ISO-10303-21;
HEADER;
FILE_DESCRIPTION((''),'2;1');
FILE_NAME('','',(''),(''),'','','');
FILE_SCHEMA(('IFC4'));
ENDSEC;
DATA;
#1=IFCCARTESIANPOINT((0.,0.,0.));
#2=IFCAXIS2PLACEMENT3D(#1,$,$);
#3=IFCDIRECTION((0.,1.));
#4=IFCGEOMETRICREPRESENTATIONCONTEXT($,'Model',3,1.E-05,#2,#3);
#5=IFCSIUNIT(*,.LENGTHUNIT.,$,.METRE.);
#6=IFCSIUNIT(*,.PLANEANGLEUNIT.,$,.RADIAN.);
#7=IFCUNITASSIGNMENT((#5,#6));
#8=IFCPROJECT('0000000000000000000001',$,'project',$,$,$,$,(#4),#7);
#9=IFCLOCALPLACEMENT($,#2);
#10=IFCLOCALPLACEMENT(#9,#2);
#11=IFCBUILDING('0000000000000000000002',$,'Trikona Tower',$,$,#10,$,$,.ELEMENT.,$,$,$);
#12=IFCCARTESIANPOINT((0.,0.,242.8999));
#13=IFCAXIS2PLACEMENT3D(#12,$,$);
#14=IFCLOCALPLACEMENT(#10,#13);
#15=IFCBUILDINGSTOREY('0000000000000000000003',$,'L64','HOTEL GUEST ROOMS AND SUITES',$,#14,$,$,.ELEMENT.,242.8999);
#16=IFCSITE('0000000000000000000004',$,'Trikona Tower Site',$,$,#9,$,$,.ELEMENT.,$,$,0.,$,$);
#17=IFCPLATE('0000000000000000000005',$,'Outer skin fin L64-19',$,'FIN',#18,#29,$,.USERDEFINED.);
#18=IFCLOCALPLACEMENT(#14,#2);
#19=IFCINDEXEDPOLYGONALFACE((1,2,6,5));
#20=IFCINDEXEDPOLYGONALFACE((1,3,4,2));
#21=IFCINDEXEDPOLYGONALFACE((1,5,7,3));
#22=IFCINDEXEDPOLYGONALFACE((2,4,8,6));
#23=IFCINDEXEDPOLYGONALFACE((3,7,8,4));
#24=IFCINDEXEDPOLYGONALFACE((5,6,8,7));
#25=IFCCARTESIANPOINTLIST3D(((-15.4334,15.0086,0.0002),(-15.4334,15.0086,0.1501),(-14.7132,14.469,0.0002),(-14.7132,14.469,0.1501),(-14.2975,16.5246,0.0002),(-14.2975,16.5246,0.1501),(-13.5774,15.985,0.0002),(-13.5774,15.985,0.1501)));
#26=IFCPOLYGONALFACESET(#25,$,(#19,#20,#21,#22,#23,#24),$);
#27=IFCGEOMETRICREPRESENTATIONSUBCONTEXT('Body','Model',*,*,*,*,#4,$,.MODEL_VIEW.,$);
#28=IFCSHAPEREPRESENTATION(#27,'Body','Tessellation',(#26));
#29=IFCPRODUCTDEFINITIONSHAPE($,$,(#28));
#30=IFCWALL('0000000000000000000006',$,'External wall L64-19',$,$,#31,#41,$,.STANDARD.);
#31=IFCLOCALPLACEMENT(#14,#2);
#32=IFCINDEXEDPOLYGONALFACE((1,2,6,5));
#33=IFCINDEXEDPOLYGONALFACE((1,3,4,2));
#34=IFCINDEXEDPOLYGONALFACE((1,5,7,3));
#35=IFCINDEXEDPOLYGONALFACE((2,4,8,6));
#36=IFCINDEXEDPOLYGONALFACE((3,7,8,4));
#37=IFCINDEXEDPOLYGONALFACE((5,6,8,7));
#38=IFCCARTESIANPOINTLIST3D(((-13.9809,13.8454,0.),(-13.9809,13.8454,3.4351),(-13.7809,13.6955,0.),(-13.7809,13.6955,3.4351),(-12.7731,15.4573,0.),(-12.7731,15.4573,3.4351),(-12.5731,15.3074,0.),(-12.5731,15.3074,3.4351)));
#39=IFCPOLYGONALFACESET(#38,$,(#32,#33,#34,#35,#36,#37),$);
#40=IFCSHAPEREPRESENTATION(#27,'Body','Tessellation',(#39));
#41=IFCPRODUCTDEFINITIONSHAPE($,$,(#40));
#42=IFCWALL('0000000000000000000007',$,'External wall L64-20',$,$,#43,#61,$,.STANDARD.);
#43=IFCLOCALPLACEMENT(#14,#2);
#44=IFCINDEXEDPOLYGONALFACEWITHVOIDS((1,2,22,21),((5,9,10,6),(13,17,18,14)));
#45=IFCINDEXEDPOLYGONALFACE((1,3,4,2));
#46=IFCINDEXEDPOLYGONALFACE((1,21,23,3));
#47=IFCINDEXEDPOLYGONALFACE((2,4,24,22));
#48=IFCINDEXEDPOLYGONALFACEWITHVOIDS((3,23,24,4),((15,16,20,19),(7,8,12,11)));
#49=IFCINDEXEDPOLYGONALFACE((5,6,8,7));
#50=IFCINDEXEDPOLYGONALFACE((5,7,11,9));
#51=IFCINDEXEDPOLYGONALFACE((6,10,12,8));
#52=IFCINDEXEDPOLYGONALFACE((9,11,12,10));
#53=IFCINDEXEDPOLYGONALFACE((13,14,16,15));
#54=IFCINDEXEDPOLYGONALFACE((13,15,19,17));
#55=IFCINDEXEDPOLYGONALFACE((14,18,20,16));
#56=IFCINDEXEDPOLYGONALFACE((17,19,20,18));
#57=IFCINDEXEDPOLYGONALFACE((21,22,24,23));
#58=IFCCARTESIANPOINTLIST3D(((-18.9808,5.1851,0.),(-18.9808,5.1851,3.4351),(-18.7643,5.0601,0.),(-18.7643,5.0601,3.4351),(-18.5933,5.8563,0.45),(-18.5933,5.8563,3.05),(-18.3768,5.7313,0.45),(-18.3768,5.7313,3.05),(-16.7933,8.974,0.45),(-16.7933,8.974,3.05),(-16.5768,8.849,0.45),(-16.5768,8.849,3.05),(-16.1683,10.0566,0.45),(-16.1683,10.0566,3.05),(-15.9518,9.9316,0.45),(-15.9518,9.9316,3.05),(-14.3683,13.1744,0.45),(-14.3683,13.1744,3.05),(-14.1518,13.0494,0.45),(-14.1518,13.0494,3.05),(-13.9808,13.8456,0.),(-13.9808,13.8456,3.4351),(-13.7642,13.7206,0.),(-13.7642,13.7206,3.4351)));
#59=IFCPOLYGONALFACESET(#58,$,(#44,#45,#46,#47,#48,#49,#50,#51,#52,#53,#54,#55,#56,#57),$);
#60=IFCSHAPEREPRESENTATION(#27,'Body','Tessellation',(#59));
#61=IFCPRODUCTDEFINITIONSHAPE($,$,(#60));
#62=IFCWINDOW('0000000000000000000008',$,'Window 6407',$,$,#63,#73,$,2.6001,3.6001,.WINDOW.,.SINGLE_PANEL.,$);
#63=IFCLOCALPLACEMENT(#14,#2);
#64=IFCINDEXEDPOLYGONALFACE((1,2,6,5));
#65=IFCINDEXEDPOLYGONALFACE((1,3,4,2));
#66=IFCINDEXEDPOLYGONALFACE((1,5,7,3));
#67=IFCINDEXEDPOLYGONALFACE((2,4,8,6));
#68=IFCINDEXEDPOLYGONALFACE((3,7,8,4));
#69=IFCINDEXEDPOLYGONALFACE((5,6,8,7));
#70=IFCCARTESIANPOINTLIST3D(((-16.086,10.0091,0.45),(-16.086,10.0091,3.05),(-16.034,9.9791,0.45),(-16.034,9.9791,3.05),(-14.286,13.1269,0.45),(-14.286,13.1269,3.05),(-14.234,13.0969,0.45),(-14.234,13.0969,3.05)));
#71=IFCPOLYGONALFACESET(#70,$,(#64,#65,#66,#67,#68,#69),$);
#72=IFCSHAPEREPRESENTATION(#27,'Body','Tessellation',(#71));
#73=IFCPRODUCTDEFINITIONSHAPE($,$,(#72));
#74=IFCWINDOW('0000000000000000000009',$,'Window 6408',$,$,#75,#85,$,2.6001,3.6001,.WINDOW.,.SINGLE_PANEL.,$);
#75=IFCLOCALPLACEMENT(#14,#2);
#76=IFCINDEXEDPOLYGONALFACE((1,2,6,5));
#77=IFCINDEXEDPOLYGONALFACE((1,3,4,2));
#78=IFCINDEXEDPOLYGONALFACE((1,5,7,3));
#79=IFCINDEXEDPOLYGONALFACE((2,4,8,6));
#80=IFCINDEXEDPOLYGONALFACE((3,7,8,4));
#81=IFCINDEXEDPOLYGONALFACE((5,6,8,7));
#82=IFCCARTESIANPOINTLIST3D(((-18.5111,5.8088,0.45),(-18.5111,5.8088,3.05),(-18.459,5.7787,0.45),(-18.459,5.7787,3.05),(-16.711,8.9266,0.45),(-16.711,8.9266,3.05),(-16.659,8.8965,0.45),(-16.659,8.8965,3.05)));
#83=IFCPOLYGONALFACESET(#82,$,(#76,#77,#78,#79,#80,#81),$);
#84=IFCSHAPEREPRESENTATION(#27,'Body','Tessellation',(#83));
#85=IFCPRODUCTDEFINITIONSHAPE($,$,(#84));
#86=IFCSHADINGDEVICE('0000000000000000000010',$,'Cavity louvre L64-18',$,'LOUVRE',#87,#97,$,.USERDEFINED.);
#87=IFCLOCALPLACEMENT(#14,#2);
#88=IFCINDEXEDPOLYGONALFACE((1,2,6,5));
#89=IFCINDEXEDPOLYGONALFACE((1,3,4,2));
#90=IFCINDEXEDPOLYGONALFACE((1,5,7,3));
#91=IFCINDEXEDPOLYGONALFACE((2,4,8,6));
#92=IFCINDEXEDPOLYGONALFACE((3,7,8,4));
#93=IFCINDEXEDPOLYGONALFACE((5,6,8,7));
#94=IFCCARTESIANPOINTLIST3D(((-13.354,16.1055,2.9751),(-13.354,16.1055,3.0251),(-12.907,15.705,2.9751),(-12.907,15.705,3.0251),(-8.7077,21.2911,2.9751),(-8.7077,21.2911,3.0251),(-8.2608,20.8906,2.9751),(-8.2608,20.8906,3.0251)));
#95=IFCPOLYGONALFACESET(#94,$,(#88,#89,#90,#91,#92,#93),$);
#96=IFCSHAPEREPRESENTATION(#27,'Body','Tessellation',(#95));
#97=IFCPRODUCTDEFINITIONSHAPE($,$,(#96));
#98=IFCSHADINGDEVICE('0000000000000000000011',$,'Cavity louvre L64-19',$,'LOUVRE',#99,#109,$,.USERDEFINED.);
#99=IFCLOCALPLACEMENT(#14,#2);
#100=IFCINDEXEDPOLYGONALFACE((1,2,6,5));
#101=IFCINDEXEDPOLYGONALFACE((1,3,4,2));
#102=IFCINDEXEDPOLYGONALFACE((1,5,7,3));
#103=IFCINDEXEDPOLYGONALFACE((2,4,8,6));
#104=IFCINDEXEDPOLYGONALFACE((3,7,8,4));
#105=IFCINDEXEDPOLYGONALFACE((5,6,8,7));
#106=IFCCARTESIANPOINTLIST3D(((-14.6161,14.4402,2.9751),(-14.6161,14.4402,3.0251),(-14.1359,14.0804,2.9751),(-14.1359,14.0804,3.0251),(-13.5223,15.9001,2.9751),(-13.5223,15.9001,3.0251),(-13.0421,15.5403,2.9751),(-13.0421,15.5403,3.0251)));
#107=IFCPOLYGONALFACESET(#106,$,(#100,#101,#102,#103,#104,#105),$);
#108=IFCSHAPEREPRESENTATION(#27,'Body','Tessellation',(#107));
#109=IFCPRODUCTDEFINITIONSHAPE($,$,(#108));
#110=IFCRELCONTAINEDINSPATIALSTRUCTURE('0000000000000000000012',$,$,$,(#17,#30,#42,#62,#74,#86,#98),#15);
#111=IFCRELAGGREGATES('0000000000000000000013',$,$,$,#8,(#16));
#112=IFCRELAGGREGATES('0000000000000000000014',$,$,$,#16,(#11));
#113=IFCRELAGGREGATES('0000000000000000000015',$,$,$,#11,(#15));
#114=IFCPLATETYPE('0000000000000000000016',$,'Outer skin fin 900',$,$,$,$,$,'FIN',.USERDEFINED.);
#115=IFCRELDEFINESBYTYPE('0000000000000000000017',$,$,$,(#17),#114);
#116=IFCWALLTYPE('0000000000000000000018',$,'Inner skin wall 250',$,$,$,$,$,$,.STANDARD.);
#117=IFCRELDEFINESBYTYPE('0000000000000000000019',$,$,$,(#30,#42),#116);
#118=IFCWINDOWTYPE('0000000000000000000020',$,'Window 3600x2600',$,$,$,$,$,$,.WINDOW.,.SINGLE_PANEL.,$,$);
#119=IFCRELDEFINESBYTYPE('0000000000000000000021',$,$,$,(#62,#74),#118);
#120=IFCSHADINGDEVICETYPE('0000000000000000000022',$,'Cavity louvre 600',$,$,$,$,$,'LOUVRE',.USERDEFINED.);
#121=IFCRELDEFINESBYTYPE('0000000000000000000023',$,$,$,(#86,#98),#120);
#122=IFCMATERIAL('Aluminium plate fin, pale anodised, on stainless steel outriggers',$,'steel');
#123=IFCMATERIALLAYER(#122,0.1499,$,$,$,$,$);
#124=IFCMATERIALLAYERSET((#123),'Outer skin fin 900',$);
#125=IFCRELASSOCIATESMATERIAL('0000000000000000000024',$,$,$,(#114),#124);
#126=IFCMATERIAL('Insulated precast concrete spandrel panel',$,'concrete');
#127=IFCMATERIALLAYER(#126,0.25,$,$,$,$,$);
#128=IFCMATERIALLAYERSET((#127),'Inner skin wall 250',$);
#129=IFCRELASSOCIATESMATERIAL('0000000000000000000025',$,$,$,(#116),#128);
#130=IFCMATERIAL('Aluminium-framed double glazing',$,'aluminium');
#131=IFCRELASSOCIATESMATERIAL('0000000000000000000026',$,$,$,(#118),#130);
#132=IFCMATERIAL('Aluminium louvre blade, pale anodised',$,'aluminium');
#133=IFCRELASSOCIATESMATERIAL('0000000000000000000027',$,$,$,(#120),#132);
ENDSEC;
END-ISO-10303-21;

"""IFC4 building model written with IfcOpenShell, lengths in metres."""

from ifc_helpers import new_model, si_unit, direction, frame, frame_2d, origin, origin_2d, place, context, subcontext, project, spatial, rectangle, extrude, material, layer, layer_set, type_object, element, fill, save


model = new_model("IFC4")

# Units and contexts
model_context = context("Model", 3, precision=1e-05, world=origin(), true_north=direction((0.0, 1.0)))
body_context = subcontext(model_context, "Body", "Model", "MODEL_VIEW")
ifc_project = project(units=[si_unit("LENGTHUNIT", "METRE"), si_unit("PLANEANGLEUNIT", "RADIAN")], contexts=[model_context])

# Site, building, storey
site_placement = place(None, origin())
site = spatial("IfcSite", under=ifc_project, at=site_placement, Name="Trikona Tower Site", CompositionType="ELEMENT", RefElevation=0.0)
building_placement = place(site_placement, origin())
building = spatial("IfcBuilding", under=site, at=building_placement, Name="Trikona Tower", CompositionType="ELEMENT")
storey_placement = place(building_placement, frame((0.0, 0.0, 242.8999)))
storey = spatial("IfcBuildingStorey", under=building, at=storey_placement, Name="L64", Description="HOTEL GUEST ROOMS AND SUITES", CompositionType="ELEMENT", Elevation=242.8999)

# Plate
ifc_material_1 = material(Name="Aluminium plate fin, pale anodised, on stainless steel outriggers", Category="steel")
ifc_layer_1 = layer(ifc_material_1, 0.1499)
ifc_layer_set_1 = layer_set([ifc_layer_1], Name="Outer skin fin 900")
plate_type_1 = type_object("IfcPlateType", Name="Outer skin fin 900", ElementType="FIN", PredefinedType="USERDEFINED", material=ifc_layer_set_1)
plate_1_placement = place(storey_placement, frame((-14.5054, 15.4968, 0.0002), z_axis=(0.0, 0.0, 1.0), x_axis=(-0.599619, -0.800286, 0.0)))
element("IfcPlate", 1, at=plate_1_placement, inside=storey, type_object=plate_type_1, Name="Outer skin fin L64-19", ObjectType="FIN", PredefinedType="USERDEFINED", context=body_context, shape_type="SweptSolid", body=[
    extrude(rectangle(XDim=1.8943, YDim=0.8999, at=origin_2d()), origin(), (0.0, 0.0, 1.0), 0.1499),
])

# Wall
ifc_material_2 = material(Name="Insulated precast concrete spandrel panel", Category="concrete")
ifc_layer_2 = layer(ifc_material_2, 0.25)
ifc_layer_set_2 = layer_set([ifc_layer_2], Name="Inner skin wall 250")
wall_type = type_object("IfcWallType", Name="Inner skin wall 250", PredefinedType="STANDARD", material=ifc_layer_set_2)
wall_1_placement = place(storey_placement, frame((-12.6731, 15.3823, 0.0), z_axis=(0.0, 0.0, 1.0), x_axis=(-0.599651, -0.800262, 0.0)))
element("IfcWall", 2, at=wall_1_placement, inside=storey, type_object=wall_type, Name="External wall L64-19", PredefinedType="STANDARD", context=body_context, shape_type="SweptSolid", body=[
    extrude(rectangle(XDim=2.0142, YDim=0.25, at=frame_2d((1.0071, 0.0))), origin(), (0.0, 0.0, 1.0), 3.4351),
])

# Wall, openings, windows
wall_2_placement = place(storey_placement, frame((-13.8726, 13.783, 0.0), z_axis=(0.0, 0.0, 1.0), x_axis=(-0.499994, -0.866029, 0.0)))
wall_2 = element("IfcWall", 3, at=wall_2_placement, inside=storey, type_object=wall_type, Name="External wall L64-20", PredefinedType="STANDARD", context=body_context, shape_type="SweptSolid", body=[
    extrude(rectangle(XDim=10.0002, YDim=0.25, at=frame_2d((5.0, 0.0))), origin(), (0.0, 0.0, 1.0), 3.4351),
])
opening_1_placement = place(wall_2_placement, frame((0.7749, 0.0, 0.45)))
opening_1 = element("IfcOpeningElement", 4, at=opening_1_placement, cuts=wall_2, PredefinedType="OPENING", context=body_context, shape_type="SweptSolid", body=[
    extrude(rectangle(XDim=3.6001, YDim=2.6001, at=frame_2d((1.8, 1.3))), frame((0.0, 0.135, 0.0), z_axis=(0.0, -1.0, 0.0), x_axis=(1.0, 0.0, 0.0)), (0.0, 0.0, 1.0), 0.27),
])
opening_2_placement = place(wall_2_placement, frame((5.625, 0.0, 0.45)))
opening_2 = element("IfcOpeningElement", 5, at=opening_2_placement, cuts=wall_2, PredefinedType="OPENING", context=body_context, shape_type="SweptSolid", body=[
    extrude(rectangle(XDim=3.6001, YDim=2.6001, at=frame_2d((1.8, 1.3))), frame((0.0, 0.135, 0.0), z_axis=(0.0, -1.0, 0.0), x_axis=(1.0, 0.0, 0.0)), (0.0, 0.0, 1.0), 0.27),
])
ifc_material_3 = material(Name="Aluminium-framed double glazing", Category="aluminium")
window_type = type_object("IfcWindowType", Name="Window 3600x2600", PartitioningType="SINGLE_PANEL", PredefinedType="WINDOW", material=ifc_material_3)
window_1_placement = place(opening_1_placement, origin())
window_1 = element("IfcWindow", 6, at=window_1_placement, inside=storey, type_object=window_type, Name="Window 6407", OverallHeight=2.6001, OverallWidth=3.6001, PartitioningType="SINGLE_PANEL", PredefinedType="WINDOW", context=body_context, shape_type="SweptSolid", body=[
    extrude(rectangle(XDim=3.6001, YDim=2.6001, at=frame_2d((1.8, 1.3))), frame((0.0, 0.03, 0.0), z_axis=(0.0, -1.0, 0.0), x_axis=(1.0, 0.0, 0.0)), (0.0, 0.0, 1.0), 0.0601),
])
fill(opening_1, window_1)
window_2_placement = place(opening_2_placement, origin())
window_2 = element("IfcWindow", 7, at=window_2_placement, inside=storey, type_object=window_type, Name="Window 6408", OverallHeight=2.6001, OverallWidth=3.6001, PartitioningType="SINGLE_PANEL", PredefinedType="WINDOW", context=body_context, shape_type="SweptSolid", body=[
    extrude(rectangle(XDim=3.6001, YDim=2.6001, at=frame_2d((1.8, 1.3))), frame((0.0, 0.03, 0.0), z_axis=(0.0, -1.0, 0.0), x_axis=(1.0, 0.0, 0.0)), (0.0, 0.0, 1.0), 0.0601),
])
fill(opening_2, window_2)

# Shading devices
ifc_material_4 = material(Name="Aluminium louvre blade, pale anodised", Category="aluminium")
shading_device_type = type_object("IfcShadingDeviceType", Name="Cavity louvre 600", ElementType="LOUVRE", PredefinedType="USERDEFINED", material=ifc_material_4)
shading_device_1_placement = place(storey_placement, frame((-10.8074, 18.498, 2.9751), z_axis=(0.0, 0.0, 1.0), x_axis=(-0.667311, -0.744779, 0.0)))
element("IfcShadingDevice", 8, at=shading_device_1_placement, inside=storey, type_object=shading_device_type, Name="Cavity louvre L64-18", ObjectType="LOUVRE", PredefinedType="USERDEFINED", context=body_context, shape_type="SweptSolid", body=[
    extrude(rectangle(XDim=6.9626, YDim=0.6001, at=origin_2d()), origin(), (0.0, 0.0, 1.0), 0.05),
])
shading_device_2_placement = place(storey_placement, frame((-13.8291, 14.9902, 2.9751), z_axis=(0.0, 0.0, 1.0), x_axis=(-0.599619, -0.800286, 0.0)))
element("IfcShadingDevice", 9, at=shading_device_2_placement, inside=storey, type_object=shading_device_type, Name="Cavity louvre L64-19", ObjectType="LOUVRE", PredefinedType="USERDEFINED", context=body_context, shape_type="SweptSolid", body=[
    extrude(rectangle(XDim=1.8242, YDim=0.6001, at=origin_2d()), origin(), (0.0, 0.0, 1.0), 0.05),
])

save(model, "model.ifc")
